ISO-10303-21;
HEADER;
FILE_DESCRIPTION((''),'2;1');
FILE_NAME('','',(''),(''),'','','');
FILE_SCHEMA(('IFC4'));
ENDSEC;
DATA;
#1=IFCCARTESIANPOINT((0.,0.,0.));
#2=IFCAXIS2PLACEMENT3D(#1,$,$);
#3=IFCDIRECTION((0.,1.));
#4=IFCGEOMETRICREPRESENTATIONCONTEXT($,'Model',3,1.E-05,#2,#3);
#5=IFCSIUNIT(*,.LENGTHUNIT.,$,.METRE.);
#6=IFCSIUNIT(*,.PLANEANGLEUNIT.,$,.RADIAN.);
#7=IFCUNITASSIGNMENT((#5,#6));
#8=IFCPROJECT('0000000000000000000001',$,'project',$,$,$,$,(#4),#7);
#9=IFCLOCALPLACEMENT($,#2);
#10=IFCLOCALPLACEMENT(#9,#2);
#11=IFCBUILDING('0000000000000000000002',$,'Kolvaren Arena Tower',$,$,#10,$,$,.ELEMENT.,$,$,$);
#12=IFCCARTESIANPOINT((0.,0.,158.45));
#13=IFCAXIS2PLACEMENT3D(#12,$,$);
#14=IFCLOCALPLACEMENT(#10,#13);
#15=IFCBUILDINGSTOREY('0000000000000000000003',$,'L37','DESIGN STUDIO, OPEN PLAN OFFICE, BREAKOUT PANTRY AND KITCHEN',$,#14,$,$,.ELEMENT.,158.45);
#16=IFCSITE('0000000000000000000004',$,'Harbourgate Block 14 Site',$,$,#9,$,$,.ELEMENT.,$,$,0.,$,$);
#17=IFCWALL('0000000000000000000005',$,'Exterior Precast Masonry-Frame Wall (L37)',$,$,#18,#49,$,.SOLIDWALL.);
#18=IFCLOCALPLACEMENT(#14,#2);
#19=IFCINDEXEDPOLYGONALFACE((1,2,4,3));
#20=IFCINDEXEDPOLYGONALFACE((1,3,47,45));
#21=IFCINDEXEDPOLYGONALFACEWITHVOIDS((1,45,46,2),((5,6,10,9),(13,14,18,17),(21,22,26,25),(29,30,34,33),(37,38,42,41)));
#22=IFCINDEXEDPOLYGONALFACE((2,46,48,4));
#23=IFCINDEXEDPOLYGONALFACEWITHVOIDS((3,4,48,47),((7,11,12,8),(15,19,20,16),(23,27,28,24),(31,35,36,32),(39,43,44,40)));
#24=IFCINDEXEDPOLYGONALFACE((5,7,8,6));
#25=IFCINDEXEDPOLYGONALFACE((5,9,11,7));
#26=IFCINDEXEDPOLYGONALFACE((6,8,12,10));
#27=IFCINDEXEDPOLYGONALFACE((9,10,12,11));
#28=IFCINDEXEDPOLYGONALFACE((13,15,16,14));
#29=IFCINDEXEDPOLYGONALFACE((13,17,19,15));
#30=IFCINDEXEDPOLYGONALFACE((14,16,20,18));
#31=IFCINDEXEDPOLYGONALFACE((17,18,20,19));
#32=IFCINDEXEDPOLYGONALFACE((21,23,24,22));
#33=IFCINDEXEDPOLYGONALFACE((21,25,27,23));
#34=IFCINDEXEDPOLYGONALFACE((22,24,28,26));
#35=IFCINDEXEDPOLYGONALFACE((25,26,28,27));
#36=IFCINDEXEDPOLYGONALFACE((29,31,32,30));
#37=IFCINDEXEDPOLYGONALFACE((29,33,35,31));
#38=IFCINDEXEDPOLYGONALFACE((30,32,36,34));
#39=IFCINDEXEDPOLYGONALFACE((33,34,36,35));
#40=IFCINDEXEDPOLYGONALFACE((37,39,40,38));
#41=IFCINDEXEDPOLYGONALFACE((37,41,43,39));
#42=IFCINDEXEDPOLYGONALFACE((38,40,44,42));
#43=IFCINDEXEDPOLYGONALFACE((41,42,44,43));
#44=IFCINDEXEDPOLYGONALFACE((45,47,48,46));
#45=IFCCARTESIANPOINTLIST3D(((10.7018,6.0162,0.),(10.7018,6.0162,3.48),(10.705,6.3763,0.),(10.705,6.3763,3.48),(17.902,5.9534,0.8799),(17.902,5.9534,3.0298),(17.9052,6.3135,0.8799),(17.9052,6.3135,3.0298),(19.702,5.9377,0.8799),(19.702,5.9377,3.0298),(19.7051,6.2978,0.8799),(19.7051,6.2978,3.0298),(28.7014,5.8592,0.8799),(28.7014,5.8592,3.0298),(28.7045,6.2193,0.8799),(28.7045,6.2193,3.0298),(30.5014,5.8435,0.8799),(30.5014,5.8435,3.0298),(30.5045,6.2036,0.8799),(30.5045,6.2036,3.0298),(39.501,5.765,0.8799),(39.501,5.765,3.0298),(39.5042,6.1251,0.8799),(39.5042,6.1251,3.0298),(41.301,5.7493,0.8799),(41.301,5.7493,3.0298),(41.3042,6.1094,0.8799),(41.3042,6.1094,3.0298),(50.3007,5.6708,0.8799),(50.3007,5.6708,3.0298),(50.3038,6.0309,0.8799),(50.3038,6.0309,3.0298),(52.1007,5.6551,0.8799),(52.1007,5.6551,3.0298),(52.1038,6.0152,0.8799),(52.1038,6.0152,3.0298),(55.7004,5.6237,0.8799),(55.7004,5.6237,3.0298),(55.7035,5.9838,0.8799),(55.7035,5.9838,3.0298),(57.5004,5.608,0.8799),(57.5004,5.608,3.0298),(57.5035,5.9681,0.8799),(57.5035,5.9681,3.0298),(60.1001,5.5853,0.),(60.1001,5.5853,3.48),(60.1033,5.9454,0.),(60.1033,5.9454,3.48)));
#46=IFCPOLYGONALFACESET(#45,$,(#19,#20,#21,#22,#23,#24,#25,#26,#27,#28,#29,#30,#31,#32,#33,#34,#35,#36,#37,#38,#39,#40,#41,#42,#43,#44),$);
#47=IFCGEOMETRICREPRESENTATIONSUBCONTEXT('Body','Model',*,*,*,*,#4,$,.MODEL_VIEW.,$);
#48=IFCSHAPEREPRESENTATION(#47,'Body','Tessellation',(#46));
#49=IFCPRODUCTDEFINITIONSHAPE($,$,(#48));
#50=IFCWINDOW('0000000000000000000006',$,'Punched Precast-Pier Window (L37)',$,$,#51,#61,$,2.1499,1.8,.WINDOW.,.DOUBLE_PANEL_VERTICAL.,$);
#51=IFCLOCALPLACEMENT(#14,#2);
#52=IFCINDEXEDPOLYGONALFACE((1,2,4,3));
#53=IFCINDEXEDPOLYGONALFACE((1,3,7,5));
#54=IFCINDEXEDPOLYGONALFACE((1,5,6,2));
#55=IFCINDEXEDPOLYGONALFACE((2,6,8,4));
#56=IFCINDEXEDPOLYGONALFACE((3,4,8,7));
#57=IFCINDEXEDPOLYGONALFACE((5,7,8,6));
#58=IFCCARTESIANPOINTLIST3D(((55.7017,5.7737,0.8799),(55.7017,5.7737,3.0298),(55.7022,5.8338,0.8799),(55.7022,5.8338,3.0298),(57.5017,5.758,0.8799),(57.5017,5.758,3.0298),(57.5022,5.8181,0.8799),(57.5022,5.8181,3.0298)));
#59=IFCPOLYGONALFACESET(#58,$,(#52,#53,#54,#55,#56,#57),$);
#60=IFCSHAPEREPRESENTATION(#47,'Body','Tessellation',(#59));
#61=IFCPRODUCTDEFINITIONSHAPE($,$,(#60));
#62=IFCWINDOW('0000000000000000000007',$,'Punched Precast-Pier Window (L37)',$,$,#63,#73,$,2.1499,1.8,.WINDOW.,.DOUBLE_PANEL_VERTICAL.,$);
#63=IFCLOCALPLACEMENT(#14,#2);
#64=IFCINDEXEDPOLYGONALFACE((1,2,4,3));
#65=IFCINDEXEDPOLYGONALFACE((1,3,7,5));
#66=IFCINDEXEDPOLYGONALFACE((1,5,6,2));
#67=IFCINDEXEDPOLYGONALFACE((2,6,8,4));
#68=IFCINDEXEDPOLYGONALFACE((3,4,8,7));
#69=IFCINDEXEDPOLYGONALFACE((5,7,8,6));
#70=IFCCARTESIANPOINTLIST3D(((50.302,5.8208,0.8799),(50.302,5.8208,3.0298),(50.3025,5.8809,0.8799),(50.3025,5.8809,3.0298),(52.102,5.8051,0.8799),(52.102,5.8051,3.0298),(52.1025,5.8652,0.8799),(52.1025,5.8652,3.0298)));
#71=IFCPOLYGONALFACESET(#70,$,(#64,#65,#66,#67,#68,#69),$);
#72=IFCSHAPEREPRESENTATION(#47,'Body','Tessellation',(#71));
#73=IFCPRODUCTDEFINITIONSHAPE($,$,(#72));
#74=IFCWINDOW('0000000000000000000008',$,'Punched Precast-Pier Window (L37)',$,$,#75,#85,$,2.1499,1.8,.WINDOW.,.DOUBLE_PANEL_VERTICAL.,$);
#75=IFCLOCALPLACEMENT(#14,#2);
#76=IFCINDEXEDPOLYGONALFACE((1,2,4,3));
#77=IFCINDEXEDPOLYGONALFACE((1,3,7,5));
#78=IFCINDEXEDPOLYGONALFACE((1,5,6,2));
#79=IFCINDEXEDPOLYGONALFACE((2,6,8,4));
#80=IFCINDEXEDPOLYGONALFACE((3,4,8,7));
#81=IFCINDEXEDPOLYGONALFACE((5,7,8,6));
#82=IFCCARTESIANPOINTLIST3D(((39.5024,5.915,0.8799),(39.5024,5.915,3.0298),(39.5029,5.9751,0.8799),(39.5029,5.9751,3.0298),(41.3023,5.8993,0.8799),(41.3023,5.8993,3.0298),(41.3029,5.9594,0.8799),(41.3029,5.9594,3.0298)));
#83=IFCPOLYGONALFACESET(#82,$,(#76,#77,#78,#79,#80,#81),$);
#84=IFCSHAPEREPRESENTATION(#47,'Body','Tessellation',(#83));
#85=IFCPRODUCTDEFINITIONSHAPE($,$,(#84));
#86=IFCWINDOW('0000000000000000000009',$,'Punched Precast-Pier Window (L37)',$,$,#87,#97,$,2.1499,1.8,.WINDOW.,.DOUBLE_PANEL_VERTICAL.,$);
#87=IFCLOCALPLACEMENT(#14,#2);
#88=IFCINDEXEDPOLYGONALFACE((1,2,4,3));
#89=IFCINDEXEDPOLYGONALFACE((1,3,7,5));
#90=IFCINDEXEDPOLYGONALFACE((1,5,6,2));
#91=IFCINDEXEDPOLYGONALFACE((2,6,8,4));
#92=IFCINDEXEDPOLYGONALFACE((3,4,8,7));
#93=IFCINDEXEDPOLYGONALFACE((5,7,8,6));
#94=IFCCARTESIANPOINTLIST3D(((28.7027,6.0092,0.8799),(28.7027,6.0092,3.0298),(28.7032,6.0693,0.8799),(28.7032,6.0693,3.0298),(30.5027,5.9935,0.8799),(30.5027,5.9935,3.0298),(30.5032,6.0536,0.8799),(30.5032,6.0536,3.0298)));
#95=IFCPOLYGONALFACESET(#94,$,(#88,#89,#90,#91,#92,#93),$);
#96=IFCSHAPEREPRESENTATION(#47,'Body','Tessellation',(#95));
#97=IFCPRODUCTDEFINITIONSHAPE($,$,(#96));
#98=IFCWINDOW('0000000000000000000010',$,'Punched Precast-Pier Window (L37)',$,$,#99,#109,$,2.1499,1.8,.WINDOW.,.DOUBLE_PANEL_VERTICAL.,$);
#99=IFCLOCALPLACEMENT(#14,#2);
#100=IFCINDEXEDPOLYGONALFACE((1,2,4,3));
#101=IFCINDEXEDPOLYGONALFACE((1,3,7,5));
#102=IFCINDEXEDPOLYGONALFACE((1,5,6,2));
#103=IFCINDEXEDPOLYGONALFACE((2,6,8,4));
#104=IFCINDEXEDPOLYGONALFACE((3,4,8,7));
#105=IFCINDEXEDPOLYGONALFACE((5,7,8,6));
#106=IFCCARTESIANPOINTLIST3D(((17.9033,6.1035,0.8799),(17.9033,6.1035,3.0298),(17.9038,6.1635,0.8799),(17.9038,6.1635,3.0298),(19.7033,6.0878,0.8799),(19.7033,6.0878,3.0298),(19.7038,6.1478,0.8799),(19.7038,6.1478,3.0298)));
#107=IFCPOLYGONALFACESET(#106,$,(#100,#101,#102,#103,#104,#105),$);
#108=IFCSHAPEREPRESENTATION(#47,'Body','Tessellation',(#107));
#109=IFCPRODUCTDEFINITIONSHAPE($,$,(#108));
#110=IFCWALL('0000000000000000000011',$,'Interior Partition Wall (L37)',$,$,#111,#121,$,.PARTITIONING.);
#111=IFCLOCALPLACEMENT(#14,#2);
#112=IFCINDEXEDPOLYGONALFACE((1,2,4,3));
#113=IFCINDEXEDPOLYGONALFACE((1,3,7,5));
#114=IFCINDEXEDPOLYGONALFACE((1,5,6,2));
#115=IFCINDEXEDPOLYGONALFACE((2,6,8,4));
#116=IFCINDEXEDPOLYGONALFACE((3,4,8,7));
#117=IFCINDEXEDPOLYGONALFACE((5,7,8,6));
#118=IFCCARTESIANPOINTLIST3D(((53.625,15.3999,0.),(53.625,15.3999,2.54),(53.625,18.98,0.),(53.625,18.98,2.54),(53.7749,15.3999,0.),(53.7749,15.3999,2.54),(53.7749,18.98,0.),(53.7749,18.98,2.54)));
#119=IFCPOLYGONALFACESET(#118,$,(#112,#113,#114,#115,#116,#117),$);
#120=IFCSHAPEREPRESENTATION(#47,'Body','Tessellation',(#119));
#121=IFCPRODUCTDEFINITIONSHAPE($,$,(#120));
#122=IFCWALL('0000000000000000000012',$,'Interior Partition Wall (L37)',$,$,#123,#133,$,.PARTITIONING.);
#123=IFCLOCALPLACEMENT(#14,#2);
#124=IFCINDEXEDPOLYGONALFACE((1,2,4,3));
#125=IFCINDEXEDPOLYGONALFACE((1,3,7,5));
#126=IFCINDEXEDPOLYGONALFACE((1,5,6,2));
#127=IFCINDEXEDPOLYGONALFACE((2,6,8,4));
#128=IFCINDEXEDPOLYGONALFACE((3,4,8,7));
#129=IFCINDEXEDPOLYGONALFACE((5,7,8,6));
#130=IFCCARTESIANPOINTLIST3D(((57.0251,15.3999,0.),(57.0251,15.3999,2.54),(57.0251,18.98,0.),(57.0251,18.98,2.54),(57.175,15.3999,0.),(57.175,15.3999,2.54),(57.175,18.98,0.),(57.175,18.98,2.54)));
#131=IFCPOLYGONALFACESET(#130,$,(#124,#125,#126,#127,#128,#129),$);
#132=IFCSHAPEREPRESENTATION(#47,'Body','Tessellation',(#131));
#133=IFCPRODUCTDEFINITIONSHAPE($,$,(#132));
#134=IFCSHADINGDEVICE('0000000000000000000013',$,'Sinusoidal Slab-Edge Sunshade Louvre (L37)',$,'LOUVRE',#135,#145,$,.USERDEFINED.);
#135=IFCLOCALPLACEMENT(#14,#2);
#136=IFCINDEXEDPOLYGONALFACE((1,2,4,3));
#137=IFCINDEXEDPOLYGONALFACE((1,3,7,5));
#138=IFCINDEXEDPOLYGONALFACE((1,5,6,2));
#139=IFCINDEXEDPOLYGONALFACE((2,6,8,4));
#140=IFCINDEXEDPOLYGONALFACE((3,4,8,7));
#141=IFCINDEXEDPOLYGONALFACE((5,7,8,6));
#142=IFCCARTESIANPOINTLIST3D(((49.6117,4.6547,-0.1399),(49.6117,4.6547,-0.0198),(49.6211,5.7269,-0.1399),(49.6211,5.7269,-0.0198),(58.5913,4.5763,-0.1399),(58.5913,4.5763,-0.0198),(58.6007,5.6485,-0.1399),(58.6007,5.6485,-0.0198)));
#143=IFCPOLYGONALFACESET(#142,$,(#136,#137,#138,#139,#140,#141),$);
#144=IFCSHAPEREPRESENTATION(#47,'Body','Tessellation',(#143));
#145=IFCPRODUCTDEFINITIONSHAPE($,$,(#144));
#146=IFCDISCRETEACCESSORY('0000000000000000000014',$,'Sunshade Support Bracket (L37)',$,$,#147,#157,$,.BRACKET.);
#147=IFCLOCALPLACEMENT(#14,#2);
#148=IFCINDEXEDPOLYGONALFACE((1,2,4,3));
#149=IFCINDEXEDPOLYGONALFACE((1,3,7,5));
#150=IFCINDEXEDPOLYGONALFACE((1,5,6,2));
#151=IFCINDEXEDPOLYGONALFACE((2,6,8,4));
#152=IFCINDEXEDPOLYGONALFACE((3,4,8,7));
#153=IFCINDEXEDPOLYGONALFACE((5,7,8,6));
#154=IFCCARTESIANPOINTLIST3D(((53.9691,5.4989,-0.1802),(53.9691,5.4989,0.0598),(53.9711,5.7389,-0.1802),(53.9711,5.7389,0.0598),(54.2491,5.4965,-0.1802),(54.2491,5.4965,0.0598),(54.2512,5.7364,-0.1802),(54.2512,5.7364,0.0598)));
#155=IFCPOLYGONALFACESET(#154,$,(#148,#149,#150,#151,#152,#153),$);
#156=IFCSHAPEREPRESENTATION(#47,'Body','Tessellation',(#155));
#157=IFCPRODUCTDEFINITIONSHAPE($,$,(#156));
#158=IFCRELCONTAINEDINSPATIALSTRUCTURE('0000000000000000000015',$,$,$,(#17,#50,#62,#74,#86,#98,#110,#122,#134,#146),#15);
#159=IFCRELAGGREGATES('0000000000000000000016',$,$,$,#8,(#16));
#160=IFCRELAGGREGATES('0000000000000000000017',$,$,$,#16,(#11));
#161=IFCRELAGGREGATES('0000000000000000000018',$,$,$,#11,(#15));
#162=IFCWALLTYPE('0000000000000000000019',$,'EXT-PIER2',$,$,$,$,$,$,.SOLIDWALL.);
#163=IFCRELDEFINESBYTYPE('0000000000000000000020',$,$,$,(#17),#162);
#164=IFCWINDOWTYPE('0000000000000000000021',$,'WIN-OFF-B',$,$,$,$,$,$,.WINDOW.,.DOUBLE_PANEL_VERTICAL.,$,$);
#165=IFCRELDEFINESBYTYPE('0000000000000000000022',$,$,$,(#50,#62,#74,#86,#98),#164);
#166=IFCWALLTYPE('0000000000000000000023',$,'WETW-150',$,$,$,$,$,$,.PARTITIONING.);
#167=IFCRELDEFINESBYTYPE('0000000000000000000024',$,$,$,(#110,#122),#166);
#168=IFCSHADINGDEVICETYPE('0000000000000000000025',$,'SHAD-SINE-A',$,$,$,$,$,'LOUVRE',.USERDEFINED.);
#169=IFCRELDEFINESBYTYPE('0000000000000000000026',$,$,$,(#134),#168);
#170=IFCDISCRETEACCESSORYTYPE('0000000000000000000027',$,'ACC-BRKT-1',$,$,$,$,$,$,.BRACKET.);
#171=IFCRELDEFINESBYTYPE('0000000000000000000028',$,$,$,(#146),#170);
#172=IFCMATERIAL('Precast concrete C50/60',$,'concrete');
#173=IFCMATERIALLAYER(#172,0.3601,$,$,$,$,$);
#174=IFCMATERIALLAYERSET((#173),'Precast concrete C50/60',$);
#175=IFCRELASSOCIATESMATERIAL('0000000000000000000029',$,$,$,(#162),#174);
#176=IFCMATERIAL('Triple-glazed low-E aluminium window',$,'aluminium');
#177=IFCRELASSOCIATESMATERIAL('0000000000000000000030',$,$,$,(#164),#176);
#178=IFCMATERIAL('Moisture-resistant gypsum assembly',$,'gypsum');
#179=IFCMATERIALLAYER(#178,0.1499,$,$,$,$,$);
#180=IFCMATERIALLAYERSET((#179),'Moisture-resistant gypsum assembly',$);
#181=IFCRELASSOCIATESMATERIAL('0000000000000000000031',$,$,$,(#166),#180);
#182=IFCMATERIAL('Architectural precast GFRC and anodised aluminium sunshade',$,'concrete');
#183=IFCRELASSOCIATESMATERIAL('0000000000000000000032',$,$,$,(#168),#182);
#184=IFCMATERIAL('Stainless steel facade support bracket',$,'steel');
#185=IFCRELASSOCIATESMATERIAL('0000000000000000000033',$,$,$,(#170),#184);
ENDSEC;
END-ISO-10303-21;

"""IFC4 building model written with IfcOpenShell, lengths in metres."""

from ifc_helpers import new_model, si_unit, direction, frame, frame_2d, origin, origin_2d, place, context, subcontext, project, spatial, rectangle, extrude, material, layer, layer_set, type_object, element, fill, save


model = new_model("IFC4")

# Units and contexts
model_context = context("Model", 3, precision=1e-05, world=origin(), true_north=direction((0.0, 1.0)))
body_context = subcontext(model_context, "Body", "Model", "MODEL_VIEW")
ifc_project = project(units=[si_unit("LENGTHUNIT", "METRE"), si_unit("PLANEANGLEUNIT", "RADIAN")], contexts=[model_context])

# Site, building, storey
site_placement = place(None, origin())
site = spatial("IfcSite", under=ifc_project, at=site_placement, Name="Harbourgate Block 14 Site", CompositionType="ELEMENT", RefElevation=0.0)
building_placement = place(site_placement, origin())
building = spatial("IfcBuilding", under=site, at=building_placement, Name="Kolvaren Arena Tower", CompositionType="ELEMENT")
storey_placement = place(building_placement, frame((0.0, 0.0, 158.45)))
storey = spatial("IfcBuildingStorey", under=building, at=storey_placement, Name="L37", Description="DESIGN STUDIO, OPEN PLAN OFFICE, BREAKOUT PANTRY AND KITCHEN", CompositionType="ELEMENT", Elevation=158.45)

# Shared definitions
ifc_material_1 = material(Name="Precast concrete C50/60", Category="concrete")
ifc_layer_1 = layer(ifc_material_1, 0.3601)
ifc_layer_set_1 = layer_set([ifc_layer_1], Name="Precast concrete C50/60")
wall_type_1 = type_object("IfcWallType", Name="EXT-PIER2", PredefinedType="SOLIDWALL", material=ifc_layer_set_1)

# Wall, openings, windows
wall_1_placement = place(storey_placement, frame((60.1018, 5.7654, 0.0), z_axis=(0.0, 0.0, 1.0), x_axis=(-0.999962, 0.008723, 0.0)))
wall_1 = element("IfcWall", 1, at=wall_1_placement, inside=storey, type_object=wall_type_1, Name="Exterior Precast Masonry-Frame Wall (L37)", PredefinedType="SOLIDWALL", context=body_context, shape_type="SweptSolid", body=[
    extrude(rectangle(XDim=49.4001, YDim=0.3601, at=frame_2d((24.7002, 0.0))), origin(), (0.0, 0.0, 1.0), 3.48),
])
opening_1_placement = place(wall_1_placement, frame((2.6001, 0.0, 0.8799)))
opening_1 = element("IfcOpeningElement", 2, at=opening_1_placement, cuts=wall_1, PredefinedType="OPENING", context=body_context, shape_type="SweptSolid", body=[
    extrude(rectangle(XDim=1.8, YDim=2.1499, at=frame_2d((0.8999, 1.075))), frame((0.0, 0.1899, 0.0), z_axis=(0.0, -1.0, 0.0), x_axis=(1.0, 0.0, 0.0)), (0.0, 0.0, 1.0), 0.3801),
])
opening_2_placement = place(wall_1_placement, frame((8.0, 0.0, 0.8799)))
opening_2 = element("IfcOpeningElement", 3, at=opening_2_placement, cuts=wall_1, PredefinedType="OPENING", context=body_context, shape_type="SweptSolid", body=[
    extrude(rectangle(XDim=1.8, YDim=2.1499, at=frame_2d((0.8999, 1.075))), frame((0.0, 0.1899, 0.0), z_axis=(0.0, -1.0, 0.0), x_axis=(1.0, 0.0, 0.0)), (0.0, 0.0, 1.0), 0.3801),
])
opening_3_placement = place(wall_1_placement, frame((18.8, 0.0, 0.8799)))
opening_3 = element("IfcOpeningElement", 4, at=opening_3_placement, cuts=wall_1, PredefinedType="OPENING", context=body_context, shape_type="SweptSolid", body=[
    extrude(rectangle(XDim=1.8, YDim=2.1499, at=frame_2d((0.8999, 1.075))), frame((0.0, 0.1899, 0.0), z_axis=(0.0, -1.0, 0.0), x_axis=(1.0, 0.0, 0.0)), (0.0, 0.0, 1.0), 0.3801),
])
opening_4_placement = place(wall_1_placement, frame((29.6001, 0.0, 0.8799)))
opening_4 = element("IfcOpeningElement", 5, at=opening_4_placement, cuts=wall_1, PredefinedType="OPENING", context=body_context, shape_type="SweptSolid", body=[
    extrude(rectangle(XDim=1.8, YDim=2.1499, at=frame_2d((0.8999, 1.075))), frame((0.0, 0.1899, 0.0), z_axis=(0.0, -1.0, 0.0), x_axis=(1.0, 0.0, 0.0)), (0.0, 0.0, 1.0), 0.3801),
])
opening_5_placement = place(wall_1_placement, frame((40.3999, 0.0, 0.8799)))
opening_5 = element("IfcOpeningElement", 6, at=opening_5_placement, cuts=wall_1, PredefinedType="OPENING", context=body_context, shape_type="SweptSolid", body=[
    extrude(rectangle(XDim=1.8, YDim=2.1499, at=frame_2d((0.8999, 1.075))), frame((0.0, 0.1899, 0.0), z_axis=(0.0, -1.0, 0.0), x_axis=(1.0, 0.0, 0.0)), (0.0, 0.0, 1.0), 0.3801),
])
ifc_material_2 = material(Name="Triple-glazed low-E aluminium window", Category="aluminium")
window_type = type_object("IfcWindowType", Name="WIN-OFF-B", PartitioningType="DOUBLE_PANEL_VERTICAL", PredefinedType="WINDOW", material=ifc_material_2)
window_1_placement = place(opening_1_placement, origin())
window_1 = element("IfcWindow", 7, at=window_1_placement, inside=storey, type_object=window_type, Name="Punched Precast-Pier Window (L37)", OverallHeight=2.1499, OverallWidth=1.8, PartitioningType="DOUBLE_PANEL_VERTICAL", PredefinedType="WINDOW", context=body_context, shape_type="SweptSolid", body=[
    extrude(rectangle(XDim=1.8, YDim=2.1499, at=frame_2d((0.8999, 1.075))), frame((0.0, 0.03, 0.0), z_axis=(0.0, -1.0, 0.0), x_axis=(1.0, 0.0, 0.0)), (0.0, 0.0, 1.0), 0.0601),
])
fill(opening_1, window_1)
window_2_placement = place(opening_2_placement, origin())
window_2 = element("IfcWindow", 8, at=window_2_placement, inside=storey, type_object=window_type, Name="Punched Precast-Pier Window (L37)", OverallHeight=2.1499, OverallWidth=1.8, PartitioningType="DOUBLE_PANEL_VERTICAL", PredefinedType="WINDOW", context=body_context, shape_type="SweptSolid", body=[
    extrude(rectangle(XDim=1.8, YDim=2.1499, at=frame_2d((0.8999, 1.075))), frame((0.0, 0.03, 0.0), z_axis=(0.0, -1.0, 0.0), x_axis=(1.0, 0.0, 0.0)), (0.0, 0.0, 1.0), 0.0601),
])
fill(opening_2, window_2)
window_3_placement = place(opening_3_placement, origin())
window_3 = element("IfcWindow", 9, at=window_3_placement, inside=storey, type_object=window_type, Name="Punched Precast-Pier Window (L37)", OverallHeight=2.1499, OverallWidth=1.8, PartitioningType="DOUBLE_PANEL_VERTICAL", PredefinedType="WINDOW", context=body_context, shape_type="SweptSolid", body=[
    extrude(rectangle(XDim=1.8, YDim=2.1499, at=frame_2d((0.8999, 1.075))), frame((0.0, 0.03, 0.0), z_axis=(0.0, -1.0, 0.0), x_axis=(1.0, 0.0, 0.0)), (0.0, 0.0, 1.0), 0.0601),
])
fill(opening_3, window_3)
window_4_placement = place(opening_4_placement, origin())
window_4 = element("IfcWindow", 10, at=window_4_placement, inside=storey, type_object=window_type, Name="Punched Precast-Pier Window (L37)", OverallHeight=2.1499, OverallWidth=1.8, PartitioningType="DOUBLE_PANEL_VERTICAL", PredefinedType="WINDOW", context=body_context, shape_type="SweptSolid", body=[
    extrude(rectangle(XDim=1.8, YDim=2.1499, at=frame_2d((0.8999, 1.075))), frame((0.0, 0.03, 0.0), z_axis=(0.0, -1.0, 0.0), x_axis=(1.0, 0.0, 0.0)), (0.0, 0.0, 1.0), 0.0601),
])
fill(opening_4, window_4)
window_5_placement = place(opening_5_placement, origin())
window_5 = element("IfcWindow", 11, at=window_5_placement, inside=storey, type_object=window_type, Name="Punched Precast-Pier Window (L37)", OverallHeight=2.1499, OverallWidth=1.8, PartitioningType="DOUBLE_PANEL_VERTICAL", PredefinedType="WINDOW", context=body_context, shape_type="SweptSolid", body=[
    extrude(rectangle(XDim=1.8, YDim=2.1499, at=frame_2d((0.8999, 1.075))), frame((0.0, 0.03, 0.0), z_axis=(0.0, -1.0, 0.0), x_axis=(1.0, 0.0, 0.0)), (0.0, 0.0, 1.0), 0.0601),
])
fill(opening_5, window_5)

# Walls
ifc_material_3 = material(Name="Moisture-resistant gypsum assembly", Category="gypsum")
ifc_layer_2 = layer(ifc_material_3, 0.1499)
ifc_layer_set_2 = layer_set([ifc_layer_2], Name="Moisture-resistant gypsum assembly")
wall_type_2 = type_object("IfcWallType", Name="WETW-150", PredefinedType="PARTITIONING", material=ifc_layer_set_2)
for number, where, z_axis, x_axis, name in (
    (12, (53.7, 15.3999, 0.0), (0.0, 0.0, 1.0), (0.0, 1.0, 0.0), "Interior Partition Wall (L37)"),
    (13, (57.1001, 15.3999, 0.0), (0.0, 0.0, 1.0), (0.0, 1.0, 0.0), "Interior Partition Wall (L37)"),
):
    element("IfcWall", number, at=place(storey_placement, frame(where, z_axis=z_axis, x_axis=x_axis)), inside=storey, type_object=wall_type_2, Name=name, PredefinedType="PARTITIONING", context=body_context, shape_type="SweptSolid", body=[
        extrude(rectangle(XDim=3.5801, YDim=0.1499, at=frame_2d((1.79, 0.0))), origin(), (0.0, 0.0, 1.0), 2.54),
    ])

# Shading device
ifc_material_4 = material(Name="Architectural precast GFRC and anodised aluminium sunshade", Category="concrete")
shading_device_type = type_object("IfcShadingDeviceType", Name="SHAD-SINE-A", ElementType="LOUVRE", PredefinedType="USERDEFINED", material=ifc_material_4)
shading_device_placement = place(storey_placement, frame((54.1062, 5.1516, -0.1399), z_axis=(0.0, 0.0, 1.0), x_axis=(-0.999962, 0.008727, 0.0)))
element("IfcShadingDevice", 14, at=shading_device_placement, inside=storey, type_object=shading_device_type, Name="Sinusoidal Slab-Edge Sunshade Louvre (L37)", ObjectType="LOUVRE", PredefinedType="USERDEFINED", context=body_context, shape_type="SweptSolid", body=[
    extrude(rectangle(XDim=8.98, YDim=1.0723, at=origin_2d()), origin(), (0.0, 0.0, 1.0), 0.1201),
])

# Discrete accessory
ifc_material_5 = material(Name="Stainless steel facade support bracket", Category="steel")
discrete_accessory_type = type_object("IfcDiscreteAccessoryType", Name="ACC-BRKT-1", PredefinedType="BRACKET", material=ifc_material_5)
discrete_accessory_placement = place(storey_placement, frame((54.1101, 5.6177, -0.1802), z_axis=(0.0, 0.0, 1.0), x_axis=(-0.999962, 0.008727, 0.0)))
element("IfcDiscreteAccessory", 15, at=discrete_accessory_placement, inside=storey, type_object=discrete_accessory_type, Name="Sunshade Support Bracket (L37)", PredefinedType="BRACKET", context=body_context, shape_type="SweptSolid", body=[
    extrude(rectangle(XDim=0.28, YDim=0.24, at=origin_2d()), origin(), (0.0, 0.0, 1.0), 0.24),
])

save(model, "model.ifc")
